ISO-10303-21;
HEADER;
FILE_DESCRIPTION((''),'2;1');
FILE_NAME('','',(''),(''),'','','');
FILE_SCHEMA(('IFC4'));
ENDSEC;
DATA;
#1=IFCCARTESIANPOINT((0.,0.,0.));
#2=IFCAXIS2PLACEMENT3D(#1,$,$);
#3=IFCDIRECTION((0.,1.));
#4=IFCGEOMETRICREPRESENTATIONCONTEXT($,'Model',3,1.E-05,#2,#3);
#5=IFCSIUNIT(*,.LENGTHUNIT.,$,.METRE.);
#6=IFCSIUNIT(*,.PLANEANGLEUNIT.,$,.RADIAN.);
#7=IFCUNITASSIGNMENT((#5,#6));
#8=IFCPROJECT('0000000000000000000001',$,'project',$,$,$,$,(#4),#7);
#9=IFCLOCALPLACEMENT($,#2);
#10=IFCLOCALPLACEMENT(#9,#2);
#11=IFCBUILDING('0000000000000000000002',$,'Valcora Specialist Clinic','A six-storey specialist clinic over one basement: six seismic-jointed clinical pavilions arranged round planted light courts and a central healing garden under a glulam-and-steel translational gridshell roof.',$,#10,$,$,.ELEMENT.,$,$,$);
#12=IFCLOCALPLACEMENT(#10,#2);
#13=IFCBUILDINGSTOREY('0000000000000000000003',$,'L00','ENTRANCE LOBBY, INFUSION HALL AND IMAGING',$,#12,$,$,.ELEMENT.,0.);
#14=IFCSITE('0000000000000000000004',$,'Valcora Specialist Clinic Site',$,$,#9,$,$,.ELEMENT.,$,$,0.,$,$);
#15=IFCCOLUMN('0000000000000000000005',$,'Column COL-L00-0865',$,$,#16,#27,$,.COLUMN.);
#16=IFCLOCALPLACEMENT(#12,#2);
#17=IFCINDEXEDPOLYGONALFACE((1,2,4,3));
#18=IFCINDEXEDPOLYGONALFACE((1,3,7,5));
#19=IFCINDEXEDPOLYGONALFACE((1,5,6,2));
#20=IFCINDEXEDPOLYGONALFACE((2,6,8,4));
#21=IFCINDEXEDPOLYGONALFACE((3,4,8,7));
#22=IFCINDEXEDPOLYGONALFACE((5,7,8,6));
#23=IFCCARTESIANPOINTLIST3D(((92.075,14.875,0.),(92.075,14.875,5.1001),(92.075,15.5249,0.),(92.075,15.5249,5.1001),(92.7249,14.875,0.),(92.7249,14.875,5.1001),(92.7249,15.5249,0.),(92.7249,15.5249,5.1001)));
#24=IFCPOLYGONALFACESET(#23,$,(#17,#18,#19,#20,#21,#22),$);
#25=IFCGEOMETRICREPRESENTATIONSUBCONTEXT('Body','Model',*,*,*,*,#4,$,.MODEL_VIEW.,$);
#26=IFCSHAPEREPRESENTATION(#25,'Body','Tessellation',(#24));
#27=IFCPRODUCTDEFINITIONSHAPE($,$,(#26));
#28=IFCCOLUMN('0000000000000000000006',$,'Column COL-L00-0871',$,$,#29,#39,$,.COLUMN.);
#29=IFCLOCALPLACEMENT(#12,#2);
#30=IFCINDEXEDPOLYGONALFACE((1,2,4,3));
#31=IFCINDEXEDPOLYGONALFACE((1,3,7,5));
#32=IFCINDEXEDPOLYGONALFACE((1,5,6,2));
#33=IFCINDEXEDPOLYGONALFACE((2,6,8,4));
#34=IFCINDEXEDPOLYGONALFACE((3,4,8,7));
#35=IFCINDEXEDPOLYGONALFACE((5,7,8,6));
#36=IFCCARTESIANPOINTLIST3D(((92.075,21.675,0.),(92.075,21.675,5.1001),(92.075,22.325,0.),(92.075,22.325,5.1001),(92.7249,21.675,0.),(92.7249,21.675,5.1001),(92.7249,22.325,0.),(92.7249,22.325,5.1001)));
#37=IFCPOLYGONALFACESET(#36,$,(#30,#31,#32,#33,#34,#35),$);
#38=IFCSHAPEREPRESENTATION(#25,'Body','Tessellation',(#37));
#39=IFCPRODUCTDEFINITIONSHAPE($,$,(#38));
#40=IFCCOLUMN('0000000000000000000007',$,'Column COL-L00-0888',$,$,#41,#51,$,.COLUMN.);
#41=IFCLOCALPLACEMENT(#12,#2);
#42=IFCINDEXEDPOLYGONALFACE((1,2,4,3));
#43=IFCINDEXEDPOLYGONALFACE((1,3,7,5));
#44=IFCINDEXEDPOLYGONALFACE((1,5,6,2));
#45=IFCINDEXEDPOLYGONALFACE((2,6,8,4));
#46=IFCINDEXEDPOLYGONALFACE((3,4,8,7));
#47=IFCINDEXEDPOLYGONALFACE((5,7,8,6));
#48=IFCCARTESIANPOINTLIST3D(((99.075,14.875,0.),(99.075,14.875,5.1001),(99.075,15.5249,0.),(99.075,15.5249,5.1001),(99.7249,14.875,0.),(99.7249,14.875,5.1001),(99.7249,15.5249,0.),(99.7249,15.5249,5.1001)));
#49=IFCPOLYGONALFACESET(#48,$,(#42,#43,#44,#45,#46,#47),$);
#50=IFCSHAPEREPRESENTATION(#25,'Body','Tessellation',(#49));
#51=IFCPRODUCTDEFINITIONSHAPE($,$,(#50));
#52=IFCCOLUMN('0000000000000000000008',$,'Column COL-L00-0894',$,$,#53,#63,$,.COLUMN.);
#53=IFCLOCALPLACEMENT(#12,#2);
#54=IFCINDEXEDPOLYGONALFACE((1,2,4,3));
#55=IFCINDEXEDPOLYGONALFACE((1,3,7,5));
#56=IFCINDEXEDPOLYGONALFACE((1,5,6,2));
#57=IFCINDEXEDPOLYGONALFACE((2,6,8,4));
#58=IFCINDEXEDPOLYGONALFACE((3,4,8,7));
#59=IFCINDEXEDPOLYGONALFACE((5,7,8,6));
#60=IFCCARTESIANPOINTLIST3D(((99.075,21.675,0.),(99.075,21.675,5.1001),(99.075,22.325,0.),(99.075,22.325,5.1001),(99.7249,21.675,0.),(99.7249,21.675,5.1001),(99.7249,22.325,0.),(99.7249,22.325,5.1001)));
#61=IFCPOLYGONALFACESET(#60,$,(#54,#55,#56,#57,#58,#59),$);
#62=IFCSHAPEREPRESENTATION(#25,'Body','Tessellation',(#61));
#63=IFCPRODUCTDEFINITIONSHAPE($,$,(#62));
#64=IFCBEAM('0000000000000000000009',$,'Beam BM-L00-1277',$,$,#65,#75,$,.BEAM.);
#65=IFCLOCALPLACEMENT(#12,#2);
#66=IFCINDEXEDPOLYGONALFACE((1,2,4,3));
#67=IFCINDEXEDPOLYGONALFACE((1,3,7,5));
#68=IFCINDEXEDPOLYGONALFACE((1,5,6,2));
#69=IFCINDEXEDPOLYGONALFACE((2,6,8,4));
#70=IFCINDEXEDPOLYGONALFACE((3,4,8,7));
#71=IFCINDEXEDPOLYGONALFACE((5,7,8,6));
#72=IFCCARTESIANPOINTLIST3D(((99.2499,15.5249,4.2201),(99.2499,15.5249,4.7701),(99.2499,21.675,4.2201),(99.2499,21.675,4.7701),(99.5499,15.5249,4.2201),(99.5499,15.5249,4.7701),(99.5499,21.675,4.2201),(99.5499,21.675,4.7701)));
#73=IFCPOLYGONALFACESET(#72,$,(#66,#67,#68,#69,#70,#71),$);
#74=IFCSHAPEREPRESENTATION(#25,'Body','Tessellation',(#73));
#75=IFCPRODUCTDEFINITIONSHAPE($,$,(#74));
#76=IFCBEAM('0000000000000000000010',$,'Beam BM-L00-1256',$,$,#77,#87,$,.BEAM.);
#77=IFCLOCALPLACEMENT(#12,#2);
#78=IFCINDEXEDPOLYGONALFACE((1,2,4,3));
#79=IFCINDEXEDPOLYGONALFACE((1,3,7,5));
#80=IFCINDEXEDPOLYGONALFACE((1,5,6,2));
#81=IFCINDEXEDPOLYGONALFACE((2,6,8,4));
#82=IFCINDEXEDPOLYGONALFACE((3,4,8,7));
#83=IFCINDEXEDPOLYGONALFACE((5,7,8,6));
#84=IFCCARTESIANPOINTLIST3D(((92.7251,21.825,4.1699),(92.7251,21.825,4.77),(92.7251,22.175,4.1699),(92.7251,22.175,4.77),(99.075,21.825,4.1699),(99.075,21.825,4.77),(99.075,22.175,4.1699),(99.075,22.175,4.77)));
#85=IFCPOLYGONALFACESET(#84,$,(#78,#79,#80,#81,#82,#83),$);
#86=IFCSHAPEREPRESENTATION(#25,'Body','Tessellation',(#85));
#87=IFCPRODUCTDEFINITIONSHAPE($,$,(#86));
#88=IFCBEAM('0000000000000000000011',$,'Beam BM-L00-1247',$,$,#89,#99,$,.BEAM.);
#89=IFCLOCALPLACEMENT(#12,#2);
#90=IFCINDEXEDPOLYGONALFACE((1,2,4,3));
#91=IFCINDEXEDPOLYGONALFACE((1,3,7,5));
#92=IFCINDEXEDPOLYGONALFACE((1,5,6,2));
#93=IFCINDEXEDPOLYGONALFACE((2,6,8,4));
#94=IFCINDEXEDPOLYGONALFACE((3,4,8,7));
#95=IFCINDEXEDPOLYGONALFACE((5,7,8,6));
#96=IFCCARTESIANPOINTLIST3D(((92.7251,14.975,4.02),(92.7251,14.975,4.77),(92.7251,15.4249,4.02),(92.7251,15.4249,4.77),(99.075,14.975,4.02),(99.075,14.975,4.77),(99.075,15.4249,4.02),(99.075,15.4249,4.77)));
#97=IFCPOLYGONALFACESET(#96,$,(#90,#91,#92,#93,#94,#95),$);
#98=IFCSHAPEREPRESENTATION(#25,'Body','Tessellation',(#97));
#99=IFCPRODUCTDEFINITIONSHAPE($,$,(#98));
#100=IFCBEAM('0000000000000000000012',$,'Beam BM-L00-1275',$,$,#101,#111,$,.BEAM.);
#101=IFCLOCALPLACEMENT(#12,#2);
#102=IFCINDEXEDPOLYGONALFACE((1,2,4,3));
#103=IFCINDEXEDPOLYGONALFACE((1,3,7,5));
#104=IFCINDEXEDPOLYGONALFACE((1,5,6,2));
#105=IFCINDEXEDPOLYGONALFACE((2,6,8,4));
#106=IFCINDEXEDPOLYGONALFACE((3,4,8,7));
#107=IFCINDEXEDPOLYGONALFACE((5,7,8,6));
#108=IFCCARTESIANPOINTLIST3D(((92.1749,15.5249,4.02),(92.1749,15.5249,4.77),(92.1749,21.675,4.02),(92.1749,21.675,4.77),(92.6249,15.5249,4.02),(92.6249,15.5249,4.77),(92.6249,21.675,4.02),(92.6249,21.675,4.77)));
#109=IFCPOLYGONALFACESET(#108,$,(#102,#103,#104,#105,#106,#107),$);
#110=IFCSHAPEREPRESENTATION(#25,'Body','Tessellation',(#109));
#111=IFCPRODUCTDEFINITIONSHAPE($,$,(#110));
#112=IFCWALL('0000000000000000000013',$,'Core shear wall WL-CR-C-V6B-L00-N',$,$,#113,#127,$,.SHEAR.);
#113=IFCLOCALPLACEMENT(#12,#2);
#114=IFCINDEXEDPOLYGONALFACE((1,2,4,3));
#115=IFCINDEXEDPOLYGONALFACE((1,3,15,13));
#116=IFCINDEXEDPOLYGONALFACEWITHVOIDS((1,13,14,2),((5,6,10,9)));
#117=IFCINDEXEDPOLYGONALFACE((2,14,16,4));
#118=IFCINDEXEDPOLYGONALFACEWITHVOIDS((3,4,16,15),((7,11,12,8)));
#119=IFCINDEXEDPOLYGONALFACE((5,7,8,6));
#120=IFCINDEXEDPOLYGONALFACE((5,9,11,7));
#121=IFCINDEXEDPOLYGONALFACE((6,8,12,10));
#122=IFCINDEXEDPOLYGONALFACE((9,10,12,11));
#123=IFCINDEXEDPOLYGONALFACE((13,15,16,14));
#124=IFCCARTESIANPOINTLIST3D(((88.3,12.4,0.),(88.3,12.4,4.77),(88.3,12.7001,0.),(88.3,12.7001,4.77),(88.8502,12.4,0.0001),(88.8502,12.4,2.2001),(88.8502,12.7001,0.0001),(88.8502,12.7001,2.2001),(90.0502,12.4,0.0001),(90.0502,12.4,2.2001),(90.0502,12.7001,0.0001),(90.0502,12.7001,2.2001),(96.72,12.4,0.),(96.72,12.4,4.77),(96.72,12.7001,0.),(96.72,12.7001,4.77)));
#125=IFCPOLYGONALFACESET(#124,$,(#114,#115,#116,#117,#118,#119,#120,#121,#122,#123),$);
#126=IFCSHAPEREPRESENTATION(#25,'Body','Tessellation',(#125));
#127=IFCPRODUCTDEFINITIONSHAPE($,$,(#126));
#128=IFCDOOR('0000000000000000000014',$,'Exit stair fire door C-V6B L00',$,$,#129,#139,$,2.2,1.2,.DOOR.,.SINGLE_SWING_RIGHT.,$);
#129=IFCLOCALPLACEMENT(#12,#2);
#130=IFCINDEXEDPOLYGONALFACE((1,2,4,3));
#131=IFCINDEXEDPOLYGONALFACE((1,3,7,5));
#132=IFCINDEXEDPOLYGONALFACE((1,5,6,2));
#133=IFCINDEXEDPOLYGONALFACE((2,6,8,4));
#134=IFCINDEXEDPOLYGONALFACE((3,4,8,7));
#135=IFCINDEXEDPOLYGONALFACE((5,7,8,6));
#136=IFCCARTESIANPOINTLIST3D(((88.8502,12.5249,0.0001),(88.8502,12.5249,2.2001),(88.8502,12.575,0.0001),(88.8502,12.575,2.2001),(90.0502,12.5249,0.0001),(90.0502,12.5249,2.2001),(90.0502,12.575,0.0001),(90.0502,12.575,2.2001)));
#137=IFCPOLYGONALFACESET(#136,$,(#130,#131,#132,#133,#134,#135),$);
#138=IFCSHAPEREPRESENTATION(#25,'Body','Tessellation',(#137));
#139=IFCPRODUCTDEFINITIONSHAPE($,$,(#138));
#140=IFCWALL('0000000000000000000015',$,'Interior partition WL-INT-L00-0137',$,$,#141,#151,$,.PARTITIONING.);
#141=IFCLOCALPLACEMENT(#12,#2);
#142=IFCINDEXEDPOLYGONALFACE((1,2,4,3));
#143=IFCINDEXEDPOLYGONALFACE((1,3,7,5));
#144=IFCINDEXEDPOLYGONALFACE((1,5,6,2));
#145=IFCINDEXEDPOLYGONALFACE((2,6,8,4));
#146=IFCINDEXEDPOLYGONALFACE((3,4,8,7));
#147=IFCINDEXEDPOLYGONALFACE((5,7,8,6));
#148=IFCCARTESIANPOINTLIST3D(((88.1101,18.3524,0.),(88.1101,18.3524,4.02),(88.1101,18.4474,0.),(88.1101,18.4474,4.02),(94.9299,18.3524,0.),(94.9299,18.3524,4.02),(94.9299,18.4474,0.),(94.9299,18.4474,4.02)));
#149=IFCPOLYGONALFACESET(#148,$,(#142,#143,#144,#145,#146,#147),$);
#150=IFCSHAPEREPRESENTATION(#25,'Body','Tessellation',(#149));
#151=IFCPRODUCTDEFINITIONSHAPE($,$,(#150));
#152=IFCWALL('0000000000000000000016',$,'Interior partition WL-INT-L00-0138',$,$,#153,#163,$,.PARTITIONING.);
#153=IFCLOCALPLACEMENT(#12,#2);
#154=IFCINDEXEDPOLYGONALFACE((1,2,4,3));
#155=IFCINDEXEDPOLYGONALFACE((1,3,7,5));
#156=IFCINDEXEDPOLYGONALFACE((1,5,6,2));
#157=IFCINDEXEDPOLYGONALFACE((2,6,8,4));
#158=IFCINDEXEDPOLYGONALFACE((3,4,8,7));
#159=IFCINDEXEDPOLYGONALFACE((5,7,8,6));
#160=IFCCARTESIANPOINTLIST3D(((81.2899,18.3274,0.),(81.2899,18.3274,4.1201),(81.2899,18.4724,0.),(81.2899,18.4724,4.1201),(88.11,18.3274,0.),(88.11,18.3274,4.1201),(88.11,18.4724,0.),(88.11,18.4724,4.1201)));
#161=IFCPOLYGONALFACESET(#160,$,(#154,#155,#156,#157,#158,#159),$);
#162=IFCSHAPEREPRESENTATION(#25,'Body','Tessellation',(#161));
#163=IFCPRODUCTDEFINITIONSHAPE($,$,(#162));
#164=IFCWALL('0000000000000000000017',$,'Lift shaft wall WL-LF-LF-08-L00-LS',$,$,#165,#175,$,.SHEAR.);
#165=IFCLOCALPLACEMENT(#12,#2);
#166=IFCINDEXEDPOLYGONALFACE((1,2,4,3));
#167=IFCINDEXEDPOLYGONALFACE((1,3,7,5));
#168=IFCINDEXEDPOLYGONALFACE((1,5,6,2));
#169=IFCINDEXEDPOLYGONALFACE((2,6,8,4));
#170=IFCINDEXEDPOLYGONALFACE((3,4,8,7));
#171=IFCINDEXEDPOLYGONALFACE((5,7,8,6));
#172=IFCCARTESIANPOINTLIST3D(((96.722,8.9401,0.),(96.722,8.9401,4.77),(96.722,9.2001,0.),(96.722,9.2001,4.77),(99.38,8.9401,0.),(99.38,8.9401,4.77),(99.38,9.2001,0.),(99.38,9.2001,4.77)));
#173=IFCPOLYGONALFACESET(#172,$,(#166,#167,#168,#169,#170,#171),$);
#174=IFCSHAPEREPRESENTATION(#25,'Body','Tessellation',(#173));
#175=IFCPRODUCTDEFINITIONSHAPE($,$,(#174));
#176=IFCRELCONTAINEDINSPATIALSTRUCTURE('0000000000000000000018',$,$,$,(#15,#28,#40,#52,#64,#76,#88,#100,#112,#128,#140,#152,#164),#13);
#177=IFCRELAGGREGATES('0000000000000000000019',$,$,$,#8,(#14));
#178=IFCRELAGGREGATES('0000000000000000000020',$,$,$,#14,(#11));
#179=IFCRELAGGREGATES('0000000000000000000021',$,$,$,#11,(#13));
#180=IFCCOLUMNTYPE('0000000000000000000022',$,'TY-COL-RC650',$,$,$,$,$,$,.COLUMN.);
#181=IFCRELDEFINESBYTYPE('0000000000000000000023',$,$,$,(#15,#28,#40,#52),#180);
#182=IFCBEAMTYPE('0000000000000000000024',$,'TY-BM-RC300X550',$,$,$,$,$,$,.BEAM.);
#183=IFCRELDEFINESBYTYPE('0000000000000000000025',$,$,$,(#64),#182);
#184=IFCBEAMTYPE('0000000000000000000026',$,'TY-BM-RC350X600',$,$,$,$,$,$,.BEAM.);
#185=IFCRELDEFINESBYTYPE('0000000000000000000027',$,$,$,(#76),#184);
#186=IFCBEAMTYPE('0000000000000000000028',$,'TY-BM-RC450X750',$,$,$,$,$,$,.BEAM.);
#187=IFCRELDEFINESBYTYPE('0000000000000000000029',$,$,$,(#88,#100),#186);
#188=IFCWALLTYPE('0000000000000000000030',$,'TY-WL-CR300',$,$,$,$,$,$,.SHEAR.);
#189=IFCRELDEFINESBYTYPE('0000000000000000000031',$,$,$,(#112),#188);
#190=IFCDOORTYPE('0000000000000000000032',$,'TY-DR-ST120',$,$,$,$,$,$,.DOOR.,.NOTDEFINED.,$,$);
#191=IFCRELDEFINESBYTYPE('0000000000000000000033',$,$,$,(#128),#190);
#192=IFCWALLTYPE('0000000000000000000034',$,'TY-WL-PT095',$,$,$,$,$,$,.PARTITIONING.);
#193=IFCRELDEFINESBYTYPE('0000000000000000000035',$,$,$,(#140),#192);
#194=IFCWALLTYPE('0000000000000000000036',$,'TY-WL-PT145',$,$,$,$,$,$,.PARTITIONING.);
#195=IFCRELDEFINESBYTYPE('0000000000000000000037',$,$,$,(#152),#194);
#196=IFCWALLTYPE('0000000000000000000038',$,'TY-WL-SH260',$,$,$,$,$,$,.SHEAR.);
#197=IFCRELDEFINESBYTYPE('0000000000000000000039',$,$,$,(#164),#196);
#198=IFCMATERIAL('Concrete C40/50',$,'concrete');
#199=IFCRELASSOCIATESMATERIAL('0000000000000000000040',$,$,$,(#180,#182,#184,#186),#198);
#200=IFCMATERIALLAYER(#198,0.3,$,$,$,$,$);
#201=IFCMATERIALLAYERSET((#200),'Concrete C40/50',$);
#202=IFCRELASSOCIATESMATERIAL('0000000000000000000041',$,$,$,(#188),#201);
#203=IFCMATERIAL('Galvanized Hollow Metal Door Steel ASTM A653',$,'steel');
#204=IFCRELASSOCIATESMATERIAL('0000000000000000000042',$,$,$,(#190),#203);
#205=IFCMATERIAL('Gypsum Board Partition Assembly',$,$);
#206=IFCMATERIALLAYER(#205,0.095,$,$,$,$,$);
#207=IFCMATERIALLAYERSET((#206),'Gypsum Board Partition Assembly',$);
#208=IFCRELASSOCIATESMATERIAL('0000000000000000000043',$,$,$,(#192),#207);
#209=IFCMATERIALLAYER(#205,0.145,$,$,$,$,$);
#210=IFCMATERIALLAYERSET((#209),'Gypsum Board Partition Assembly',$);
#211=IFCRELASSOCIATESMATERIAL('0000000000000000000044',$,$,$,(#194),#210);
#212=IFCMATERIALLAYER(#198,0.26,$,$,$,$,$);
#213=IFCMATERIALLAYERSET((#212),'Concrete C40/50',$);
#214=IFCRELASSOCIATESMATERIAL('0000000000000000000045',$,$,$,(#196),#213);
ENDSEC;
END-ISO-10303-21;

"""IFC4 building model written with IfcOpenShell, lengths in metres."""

from ifc_helpers import new_model, si_unit, direction, frame, frame_2d, origin, origin_2d, place, context, subcontext, project, spatial, rectangle, extrude, material, layer, layer_set, material_profile, profile_set, type_object, element, fill, save


model = new_model("IFC4")

# Units and contexts
model_context = context("Model", 3, precision=1e-05, world=origin(), true_north=direction((0.0, 1.0)))
body_context = subcontext(model_context, "Body", "Model", "MODEL_VIEW")
ifc_project = project(units=[si_unit("LENGTHUNIT", "METRE"), si_unit("PLANEANGLEUNIT", "RADIAN")], contexts=[model_context])

# Site, building, storey
site_placement = place(None, origin())
site = spatial("IfcSite", under=ifc_project, at=site_placement, Name="Valcora Specialist Clinic Site", CompositionType="ELEMENT", RefElevation=0.0)
building_placement = place(site_placement, origin())
building = spatial("IfcBuilding", under=site, at=building_placement, Name="Valcora Specialist Clinic", Description="A six-storey specialist clinic over one basement: six seismic-jointed clinical pavilions arranged round planted light courts and a central healing garden under a glulam-and-steel translational gridshell roof.", CompositionType="ELEMENT")
storey_placement = place(building_placement, origin())
storey = spatial("IfcBuildingStorey", under=building, at=storey_placement, Name="L00", Description="ENTRANCE LOBBY, INFUSION HALL AND IMAGING", CompositionType="ELEMENT", Elevation=0.0)

# Columns
ifc_material_1 = material(Name="Concrete C40/50", Category="concrete")
ifc_material_profile_1 = material_profile(ifc_material_1, rectangle(XDim=0.6499, YDim=0.6499, at=origin_2d()), Name="RC-COL-650X650")
ifc_profile_set_1 = profile_set([ifc_material_profile_1], Name="Concrete C40/50")
column_type = type_object("IfcColumnType", Name="TY-COL-RC650", PredefinedType="COLUMN", material=ifc_profile_set_1)
for number, where, z_axis, x_axis, name in (
    (1, (92.3999, 15.2, 0.0), (0.0, 0.0, 1.0), (1.0, 0.0, 0.0), "Column COL-L00-0865"),
    (2, (92.3999, 22.0, 0.0), (0.0, 0.0, 1.0), (1.0, 0.0, 0.0), "Column COL-L00-0871"),
    (3, (99.3999, 15.2, 0.0), (0.0, 0.0, 1.0), (1.0, 0.0, 0.0), "Column COL-L00-0888"),
    (4, (99.3999, 22.0, 0.0), (0.0, 0.0, 1.0), (1.0, 0.0, 0.0), "Column COL-L00-0894"),
):
    element("IfcColumn", number, at=place(storey_placement, frame(where, z_axis=z_axis, x_axis=x_axis)), inside=storey, type_object=column_type, Name=name, PredefinedType="COLUMN", context=body_context, shape_type="SweptSolid", body=[
        extrude(rectangle(XDim=0.6499, YDim=0.6499, at=origin_2d()), origin(), (0.0, 0.0, 1.0), 5.1001),
    ])

# Beams
ifc_material_profile_2 = material_profile(ifc_material_1, rectangle(XDim=0.3, YDim=0.55, at=origin_2d()), Name="RC-BM-300X550")
ifc_profile_set_2 = profile_set([ifc_material_profile_2], Name="Concrete C40/50")
beam_type_1 = type_object("IfcBeamType", Name="TY-BM-RC300X550", PredefinedType="BEAM", material=ifc_profile_set_2)
beam_1_placement = place(storey_placement, frame((99.3999, 15.5249, 4.4951), z_axis=(0.0, 1.0, 0.0), x_axis=(-1.0, 0.0, 0.0)))
element("IfcBeam", 5, at=beam_1_placement, inside=storey, type_object=beam_type_1, Name="Beam BM-L00-1277", PredefinedType="BEAM", context=body_context, shape_type="SweptSolid", body=[
    extrude(rectangle(XDim=0.3, YDim=0.55, at=origin_2d()), origin(), (0.0, 0.0, 1.0), 6.1501),
])
ifc_material_profile_3 = material_profile(ifc_material_1, rectangle(XDim=0.3501, YDim=0.6001, at=origin_2d()), Name="RC-BM-350X600")
ifc_profile_set_3 = profile_set([ifc_material_profile_3], Name="Concrete C40/50")
beam_type_2 = type_object("IfcBeamType", Name="TY-BM-RC350X600", PredefinedType="BEAM", material=ifc_profile_set_3)
beam_2_placement = place(storey_placement, frame((92.7251, 22.0, 4.47), z_axis=(1.0, 0.0, 0.0), x_axis=(0.0, 1.0, 0.0)))
element("IfcBeam", 6, at=beam_2_placement, inside=storey, type_object=beam_type_2, Name="Beam BM-L00-1256", PredefinedType="BEAM", context=body_context, shape_type="SweptSolid", body=[
    extrude(rectangle(XDim=0.3501, YDim=0.6001, at=origin_2d()), origin(), (0.0, 0.0, 1.0), 6.3499),
])
ifc_material_profile_4 = material_profile(ifc_material_1, rectangle(XDim=0.45, YDim=0.75, at=origin_2d()), Name="RC-BM-450X750")
ifc_profile_set_4 = profile_set([ifc_material_profile_4], Name="Concrete C40/50")
beam_type_3 = type_object("IfcBeamType", Name="TY-BM-RC450X750", PredefinedType="BEAM", material=ifc_profile_set_4)
beam_3_placement = place(storey_placement, frame((92.7251, 15.2, 4.395), z_axis=(1.0, 0.0, 0.0), x_axis=(0.0, 1.0, 0.0)))
element("IfcBeam", 7, at=beam_3_placement, inside=storey, type_object=beam_type_3, Name="Beam BM-L00-1247", PredefinedType="BEAM", context=body_context, shape_type="SweptSolid", body=[
    extrude(rectangle(XDim=0.45, YDim=0.75, at=origin_2d()), origin(), (0.0, 0.0, 1.0), 6.3499),
])
beam_4_placement = place(storey_placement, frame((92.3999, 15.5249, 4.395), z_axis=(0.0, 1.0, 0.0), x_axis=(-1.0, 0.0, 0.0)))
element("IfcBeam", 8, at=beam_4_placement, inside=storey, type_object=beam_type_3, Name="Beam BM-L00-1275", PredefinedType="BEAM", context=body_context, shape_type="SweptSolid", body=[
    extrude(rectangle(XDim=0.45, YDim=0.75, at=origin_2d()), origin(), (0.0, 0.0, 1.0), 6.1501),
])

# Wall, opening, door
ifc_layer_1 = layer(ifc_material_1, 0.3)
ifc_layer_set_1 = layer_set([ifc_layer_1], Name="Concrete C40/50")
wall_type_1 = type_object("IfcWallType", Name="TY-WL-CR300", PredefinedType="SHEAR", material=ifc_layer_set_1)
wall_1_placement = place(storey_placement, frame((88.3, 12.55, 0.0), z_axis=(0.0, 0.0, 1.0), x_axis=(1.0, 0.0, 0.0)))
wall_1 = element("IfcWall", 9, at=wall_1_placement, inside=storey, type_object=wall_type_1, Name="Core shear wall WL-CR-C-V6B-L00-N", PredefinedType="SHEAR", context=body_context, shape_type="SweptSolid", body=[
    extrude(rectangle(XDim=8.4199, YDim=0.3, at=frame_2d((4.21, 0.0))), origin(), (0.0, 0.0, 1.0), 4.77),
])
opening_1_placement = place(wall_1_placement, frame((0.55, 0.0, 0.0)))
opening_1 = element("IfcOpeningElement", 10, at=opening_1_placement, cuts=wall_1, PredefinedType="OPENING", context=body_context, shape_type="SweptSolid", body=[
    extrude(rectangle(XDim=1.2, YDim=2.2, at=frame_2d((0.6001, 1.1001))), frame((0.0, 0.1599, 0.0), z_axis=(0.0, -1.0, 0.0), x_axis=(1.0, 0.0, 0.0)), (0.0, 0.0, 1.0), 0.3201),
])
ifc_material_2 = material(Name="Galvanized Hollow Metal Door Steel ASTM A653", Category="steel")
door_type_1 = type_object("IfcDoorType", Name="TY-DR-ST120", OperationType="NOTDEFINED", PredefinedType="DOOR", material=ifc_material_2)
door_1_placement = place(opening_1_placement, origin())
door_1 = element("IfcDoor", 11, at=door_1_placement, inside=storey, type_object=door_type_1, Name="Exit stair fire door C-V6B L00", OperationType="SINGLE_SWING_RIGHT", OverallHeight=2.2, OverallWidth=1.2, PredefinedType="DOOR", context=body_context, shape_type="SweptSolid", body=[
    extrude(rectangle(XDim=1.2, YDim=2.2, at=frame_2d((0.6001, 1.1001))), frame((0.0, 0.0249, 0.0), z_axis=(0.0, -1.0, 0.0), x_axis=(1.0, 0.0, 0.0)), (0.0, 0.0, 1.0), 0.05),
])
fill(opening_1, door_1)

# Walls
ifc_material_3 = material(Name="Gypsum Board Partition Assembly")
ifc_layer_2 = layer(ifc_material_3, 0.095)
ifc_layer_set_2 = layer_set([ifc_layer_2], Name="Gypsum Board Partition Assembly")
wall_type_2 = type_object("IfcWallType", Name="TY-WL-PT095", PredefinedType="PARTITIONING", material=ifc_layer_set_2)
wall_2_placement = place(storey_placement, frame((94.9299, 18.3999, 0.0), z_axis=(0.0, 0.0, 1.0), x_axis=(-1.0, 0.0, 0.0)))
element("IfcWall", 12, at=wall_2_placement, inside=storey, type_object=wall_type_2, Name="Interior partition WL-INT-L00-0137", PredefinedType="PARTITIONING", context=body_context, shape_type="SweptSolid", body=[
    extrude(rectangle(XDim=6.8198, YDim=0.095, at=frame_2d((3.4099, 0.0))), origin(), (0.0, 0.0, 1.0), 4.02),
])
ifc_layer_3 = layer(ifc_material_3, 0.145)
ifc_layer_set_3 = layer_set([ifc_layer_3], Name="Gypsum Board Partition Assembly")
wall_type_3 = type_object("IfcWallType", Name="TY-WL-PT145", PredefinedType="PARTITIONING", material=ifc_layer_set_3)
wall_3_placement = place(storey_placement, frame((88.1101, 18.3999, 0.0), z_axis=(0.0, 0.0, 1.0), x_axis=(-1.0, 0.0, 0.0)))
element("IfcWall", 13, at=wall_3_placement, inside=storey, type_object=wall_type_3, Name="Interior partition WL-INT-L00-0138", PredefinedType="PARTITIONING", context=body_context, shape_type="SweptSolid", body=[
    extrude(rectangle(XDim=6.8201, YDim=0.145, at=frame_2d((3.4102, 0.0))), origin(), (0.0, 0.0, 1.0), 4.1201),
])
ifc_layer_4 = layer(ifc_material_1, 0.26)
ifc_layer_set_4 = layer_set([ifc_layer_4], Name="Concrete C40/50")
wall_type_4 = type_object("IfcWallType", Name="TY-WL-SH260", PredefinedType="SHEAR", material=ifc_layer_set_4)
wall_4_placement = place(storey_placement, frame((96.7219, 9.0701, 0.0), z_axis=(0.0, 0.0, 1.0), x_axis=(1.0, 0.0, 0.0)))
element("IfcWall", 14, at=wall_4_placement, inside=storey, type_object=wall_type_4, Name="Lift shaft wall WL-LF-LF-08-L00-LS", PredefinedType="SHEAR", context=body_context, shape_type="SweptSolid", body=[
    extrude(rectangle(XDim=2.658, YDim=0.26, at=frame_2d((1.3291, 0.0))), origin(), (0.0, 0.0, 1.0), 4.77),
])

save(model, "model.ifc")
